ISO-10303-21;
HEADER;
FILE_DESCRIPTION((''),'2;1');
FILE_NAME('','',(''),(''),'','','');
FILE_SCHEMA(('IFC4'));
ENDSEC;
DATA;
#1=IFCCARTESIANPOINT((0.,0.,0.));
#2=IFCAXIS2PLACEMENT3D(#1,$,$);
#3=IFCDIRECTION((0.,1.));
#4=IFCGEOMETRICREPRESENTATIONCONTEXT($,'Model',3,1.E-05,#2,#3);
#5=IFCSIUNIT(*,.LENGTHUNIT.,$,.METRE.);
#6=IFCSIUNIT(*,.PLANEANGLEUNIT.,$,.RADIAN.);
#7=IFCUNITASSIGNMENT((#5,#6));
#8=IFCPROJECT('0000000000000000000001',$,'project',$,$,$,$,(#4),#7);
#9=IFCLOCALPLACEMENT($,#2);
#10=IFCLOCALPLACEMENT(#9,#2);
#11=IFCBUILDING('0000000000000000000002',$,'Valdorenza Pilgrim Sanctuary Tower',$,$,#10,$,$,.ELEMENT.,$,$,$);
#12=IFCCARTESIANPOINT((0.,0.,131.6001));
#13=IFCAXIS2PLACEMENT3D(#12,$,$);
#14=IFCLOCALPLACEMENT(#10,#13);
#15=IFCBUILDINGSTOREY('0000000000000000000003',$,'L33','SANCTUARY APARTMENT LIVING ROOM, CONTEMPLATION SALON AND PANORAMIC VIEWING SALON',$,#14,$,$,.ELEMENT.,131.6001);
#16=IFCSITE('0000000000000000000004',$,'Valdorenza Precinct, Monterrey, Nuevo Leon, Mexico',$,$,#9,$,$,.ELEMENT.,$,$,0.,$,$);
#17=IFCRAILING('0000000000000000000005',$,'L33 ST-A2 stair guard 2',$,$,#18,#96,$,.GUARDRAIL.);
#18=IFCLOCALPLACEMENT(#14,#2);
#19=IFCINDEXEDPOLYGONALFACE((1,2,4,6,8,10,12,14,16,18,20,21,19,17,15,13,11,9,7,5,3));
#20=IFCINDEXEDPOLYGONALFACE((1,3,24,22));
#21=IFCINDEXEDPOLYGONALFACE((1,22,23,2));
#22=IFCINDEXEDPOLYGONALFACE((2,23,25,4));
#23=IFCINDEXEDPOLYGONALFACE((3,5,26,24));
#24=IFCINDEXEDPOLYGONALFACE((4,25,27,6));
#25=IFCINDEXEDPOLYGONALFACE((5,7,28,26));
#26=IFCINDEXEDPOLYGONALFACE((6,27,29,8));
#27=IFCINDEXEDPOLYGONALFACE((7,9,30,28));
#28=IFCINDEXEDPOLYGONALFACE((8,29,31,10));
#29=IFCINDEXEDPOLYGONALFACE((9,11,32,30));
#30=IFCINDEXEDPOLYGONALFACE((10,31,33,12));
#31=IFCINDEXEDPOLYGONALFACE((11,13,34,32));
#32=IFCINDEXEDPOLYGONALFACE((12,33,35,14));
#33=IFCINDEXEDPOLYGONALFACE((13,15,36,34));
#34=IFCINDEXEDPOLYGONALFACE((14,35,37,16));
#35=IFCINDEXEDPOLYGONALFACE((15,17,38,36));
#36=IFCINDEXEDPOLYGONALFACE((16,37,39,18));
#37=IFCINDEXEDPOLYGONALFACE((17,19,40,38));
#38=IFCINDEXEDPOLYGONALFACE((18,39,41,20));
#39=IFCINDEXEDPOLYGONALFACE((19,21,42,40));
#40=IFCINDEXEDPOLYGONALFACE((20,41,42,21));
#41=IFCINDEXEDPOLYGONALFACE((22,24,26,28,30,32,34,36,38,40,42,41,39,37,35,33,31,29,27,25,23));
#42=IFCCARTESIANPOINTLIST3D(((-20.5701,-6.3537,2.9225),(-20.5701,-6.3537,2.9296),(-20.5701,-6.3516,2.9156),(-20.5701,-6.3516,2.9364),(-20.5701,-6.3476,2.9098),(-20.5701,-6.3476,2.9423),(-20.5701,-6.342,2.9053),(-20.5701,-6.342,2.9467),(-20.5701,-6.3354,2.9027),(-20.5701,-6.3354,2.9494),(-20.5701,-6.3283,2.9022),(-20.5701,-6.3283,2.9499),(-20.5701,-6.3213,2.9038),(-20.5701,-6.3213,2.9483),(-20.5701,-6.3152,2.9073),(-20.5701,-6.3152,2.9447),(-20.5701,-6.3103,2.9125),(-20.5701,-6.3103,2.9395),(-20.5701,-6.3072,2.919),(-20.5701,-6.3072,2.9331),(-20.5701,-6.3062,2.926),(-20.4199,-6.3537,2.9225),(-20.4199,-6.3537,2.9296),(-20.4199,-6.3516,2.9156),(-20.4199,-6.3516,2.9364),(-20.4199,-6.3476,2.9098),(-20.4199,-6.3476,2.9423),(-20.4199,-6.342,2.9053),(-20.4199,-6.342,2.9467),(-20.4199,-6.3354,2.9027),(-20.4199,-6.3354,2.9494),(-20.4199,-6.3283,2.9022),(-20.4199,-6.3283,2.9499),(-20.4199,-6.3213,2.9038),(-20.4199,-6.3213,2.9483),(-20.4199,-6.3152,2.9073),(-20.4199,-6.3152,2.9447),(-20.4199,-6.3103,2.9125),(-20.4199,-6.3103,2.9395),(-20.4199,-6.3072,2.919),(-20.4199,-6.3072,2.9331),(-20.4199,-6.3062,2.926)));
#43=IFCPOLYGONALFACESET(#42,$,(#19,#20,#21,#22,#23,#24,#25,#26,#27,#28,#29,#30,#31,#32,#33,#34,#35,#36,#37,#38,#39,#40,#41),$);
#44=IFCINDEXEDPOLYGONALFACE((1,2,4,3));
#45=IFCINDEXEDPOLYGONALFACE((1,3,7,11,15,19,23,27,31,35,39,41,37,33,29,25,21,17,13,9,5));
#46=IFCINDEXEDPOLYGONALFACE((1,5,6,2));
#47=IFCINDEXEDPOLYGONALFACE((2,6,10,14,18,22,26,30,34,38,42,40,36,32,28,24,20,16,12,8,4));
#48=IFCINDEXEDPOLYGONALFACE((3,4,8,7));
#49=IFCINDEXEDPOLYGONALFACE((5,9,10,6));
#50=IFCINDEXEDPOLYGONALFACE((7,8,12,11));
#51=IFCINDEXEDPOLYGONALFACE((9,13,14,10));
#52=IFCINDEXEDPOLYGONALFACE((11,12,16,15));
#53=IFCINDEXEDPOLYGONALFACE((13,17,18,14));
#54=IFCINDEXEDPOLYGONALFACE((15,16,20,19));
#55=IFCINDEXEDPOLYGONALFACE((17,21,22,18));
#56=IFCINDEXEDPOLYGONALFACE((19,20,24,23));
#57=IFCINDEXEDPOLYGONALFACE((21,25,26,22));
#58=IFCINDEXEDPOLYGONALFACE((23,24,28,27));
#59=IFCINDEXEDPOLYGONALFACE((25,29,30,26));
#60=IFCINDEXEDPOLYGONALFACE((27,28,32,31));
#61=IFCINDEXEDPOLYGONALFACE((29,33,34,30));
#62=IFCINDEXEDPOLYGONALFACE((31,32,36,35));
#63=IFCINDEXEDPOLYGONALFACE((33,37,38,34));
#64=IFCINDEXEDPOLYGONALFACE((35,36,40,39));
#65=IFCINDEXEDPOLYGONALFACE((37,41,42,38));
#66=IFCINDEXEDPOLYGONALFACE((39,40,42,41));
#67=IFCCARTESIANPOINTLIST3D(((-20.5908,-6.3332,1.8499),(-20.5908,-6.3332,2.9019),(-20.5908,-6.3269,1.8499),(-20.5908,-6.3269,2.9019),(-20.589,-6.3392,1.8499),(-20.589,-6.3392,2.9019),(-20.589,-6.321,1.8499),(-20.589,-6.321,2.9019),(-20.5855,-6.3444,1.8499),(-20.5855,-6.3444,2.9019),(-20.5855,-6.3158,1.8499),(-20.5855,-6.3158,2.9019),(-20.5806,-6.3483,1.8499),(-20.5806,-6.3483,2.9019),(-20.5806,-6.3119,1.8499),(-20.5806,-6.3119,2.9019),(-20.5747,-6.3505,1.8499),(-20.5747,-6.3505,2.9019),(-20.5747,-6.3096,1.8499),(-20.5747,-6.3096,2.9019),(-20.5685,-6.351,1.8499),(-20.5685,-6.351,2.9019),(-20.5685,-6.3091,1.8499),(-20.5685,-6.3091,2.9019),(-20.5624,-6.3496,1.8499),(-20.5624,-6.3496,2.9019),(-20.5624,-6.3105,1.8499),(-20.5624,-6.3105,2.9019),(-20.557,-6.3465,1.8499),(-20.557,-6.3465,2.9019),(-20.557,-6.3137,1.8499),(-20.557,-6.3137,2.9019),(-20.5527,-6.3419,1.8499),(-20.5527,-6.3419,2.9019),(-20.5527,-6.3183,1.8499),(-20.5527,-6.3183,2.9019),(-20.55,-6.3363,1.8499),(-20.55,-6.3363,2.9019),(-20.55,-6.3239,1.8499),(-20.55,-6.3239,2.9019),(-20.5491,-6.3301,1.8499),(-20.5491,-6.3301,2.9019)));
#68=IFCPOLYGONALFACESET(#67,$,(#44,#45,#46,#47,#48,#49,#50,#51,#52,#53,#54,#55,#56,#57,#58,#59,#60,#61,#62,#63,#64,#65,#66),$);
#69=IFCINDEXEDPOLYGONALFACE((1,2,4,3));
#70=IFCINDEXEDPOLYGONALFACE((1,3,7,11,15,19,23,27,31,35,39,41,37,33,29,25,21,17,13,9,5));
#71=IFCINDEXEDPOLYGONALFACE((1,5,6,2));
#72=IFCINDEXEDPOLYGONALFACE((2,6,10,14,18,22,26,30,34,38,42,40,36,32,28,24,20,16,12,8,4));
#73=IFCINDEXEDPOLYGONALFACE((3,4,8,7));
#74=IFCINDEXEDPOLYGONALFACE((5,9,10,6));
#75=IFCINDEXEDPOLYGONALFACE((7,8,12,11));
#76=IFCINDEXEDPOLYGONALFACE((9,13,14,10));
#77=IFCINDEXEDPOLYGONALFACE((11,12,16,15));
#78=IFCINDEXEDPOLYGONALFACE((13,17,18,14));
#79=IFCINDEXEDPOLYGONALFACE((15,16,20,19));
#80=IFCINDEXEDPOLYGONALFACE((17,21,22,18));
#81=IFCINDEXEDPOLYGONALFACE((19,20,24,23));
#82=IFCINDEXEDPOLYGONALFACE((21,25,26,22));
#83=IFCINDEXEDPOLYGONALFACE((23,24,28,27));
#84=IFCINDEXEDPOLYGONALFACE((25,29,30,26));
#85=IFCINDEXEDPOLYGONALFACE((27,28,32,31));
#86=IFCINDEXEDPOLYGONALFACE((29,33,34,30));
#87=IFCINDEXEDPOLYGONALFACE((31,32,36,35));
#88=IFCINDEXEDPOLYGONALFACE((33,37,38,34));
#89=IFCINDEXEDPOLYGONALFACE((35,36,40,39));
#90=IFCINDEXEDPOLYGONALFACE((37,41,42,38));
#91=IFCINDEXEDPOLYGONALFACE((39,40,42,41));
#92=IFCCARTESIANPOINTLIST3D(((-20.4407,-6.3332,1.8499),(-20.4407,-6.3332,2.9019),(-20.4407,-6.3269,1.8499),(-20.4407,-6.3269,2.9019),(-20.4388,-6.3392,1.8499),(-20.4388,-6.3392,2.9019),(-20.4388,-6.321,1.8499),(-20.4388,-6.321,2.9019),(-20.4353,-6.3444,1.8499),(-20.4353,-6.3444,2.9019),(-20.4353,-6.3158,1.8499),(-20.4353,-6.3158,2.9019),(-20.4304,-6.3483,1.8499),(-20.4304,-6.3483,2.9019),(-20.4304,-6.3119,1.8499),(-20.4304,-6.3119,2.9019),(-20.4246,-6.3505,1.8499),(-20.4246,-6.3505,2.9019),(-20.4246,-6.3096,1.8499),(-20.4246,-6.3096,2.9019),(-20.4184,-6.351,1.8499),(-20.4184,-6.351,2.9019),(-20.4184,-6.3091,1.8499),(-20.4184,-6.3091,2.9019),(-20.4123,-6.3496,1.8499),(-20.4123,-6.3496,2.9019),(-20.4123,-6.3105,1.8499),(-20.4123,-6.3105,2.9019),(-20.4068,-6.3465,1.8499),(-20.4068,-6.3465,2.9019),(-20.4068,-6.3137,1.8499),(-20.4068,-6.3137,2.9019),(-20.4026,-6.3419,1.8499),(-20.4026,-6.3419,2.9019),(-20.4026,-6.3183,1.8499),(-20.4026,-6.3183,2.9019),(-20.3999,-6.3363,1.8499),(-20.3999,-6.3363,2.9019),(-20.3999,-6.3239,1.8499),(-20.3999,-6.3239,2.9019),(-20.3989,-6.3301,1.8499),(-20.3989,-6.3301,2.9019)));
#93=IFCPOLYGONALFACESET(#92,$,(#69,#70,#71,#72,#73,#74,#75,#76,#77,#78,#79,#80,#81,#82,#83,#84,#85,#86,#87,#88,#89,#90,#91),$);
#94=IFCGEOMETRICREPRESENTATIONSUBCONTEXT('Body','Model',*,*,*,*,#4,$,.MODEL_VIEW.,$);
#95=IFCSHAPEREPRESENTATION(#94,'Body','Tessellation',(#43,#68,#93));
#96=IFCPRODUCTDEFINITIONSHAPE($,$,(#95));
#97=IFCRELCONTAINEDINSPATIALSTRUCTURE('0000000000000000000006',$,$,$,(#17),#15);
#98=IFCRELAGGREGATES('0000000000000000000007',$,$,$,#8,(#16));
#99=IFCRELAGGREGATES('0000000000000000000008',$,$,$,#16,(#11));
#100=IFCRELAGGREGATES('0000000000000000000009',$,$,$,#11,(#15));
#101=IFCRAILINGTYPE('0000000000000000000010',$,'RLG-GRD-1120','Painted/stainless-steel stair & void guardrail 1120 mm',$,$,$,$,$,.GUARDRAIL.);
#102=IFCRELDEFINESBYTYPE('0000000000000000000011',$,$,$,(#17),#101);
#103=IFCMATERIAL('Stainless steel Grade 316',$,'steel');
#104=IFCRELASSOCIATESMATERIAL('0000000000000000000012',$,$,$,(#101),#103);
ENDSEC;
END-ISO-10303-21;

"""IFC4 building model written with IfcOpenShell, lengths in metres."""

from ifc_helpers import new_model, si_unit, direction, frame, origin, origin_2d, place, context, subcontext, project, spatial, circle, extrude, material, type_object, element, save


model = new_model("IFC4")

# Units and contexts
model_context = context("Model", 3, precision=1e-05, world=origin(), true_north=direction((0.0, 1.0)))
body_context = subcontext(model_context, "Body", "Model", "MODEL_VIEW")
ifc_project = project(units=[si_unit("LENGTHUNIT", "METRE"), si_unit("PLANEANGLEUNIT", "RADIAN")], contexts=[model_context])

# Site, building, storey
site_placement = place(None, origin())
site = spatial("IfcSite", under=ifc_project, at=site_placement, Name="Valdorenza Precinct, Monterrey, Nuevo Leon, Mexico", CompositionType="ELEMENT", RefElevation=0.0)
building_placement = place(site_placement, origin())
building = spatial("IfcBuilding", under=site, at=building_placement, Name="Valdorenza Pilgrim Sanctuary Tower", CompositionType="ELEMENT")
storey_placement = place(building_placement, frame((0.0, 0.0, 131.6001)))
storey = spatial("IfcBuildingStorey", under=building, at=storey_placement, Name="L33", Description="SANCTUARY APARTMENT LIVING ROOM, CONTEMPLATION SALON AND PANORAMIC VIEWING SALON", CompositionType="ELEMENT", Elevation=131.6001)

# Railing
ifc_material_1 = material(Name="Stainless steel Grade 316", Category="steel")
railing_type_1 = type_object("IfcRailingType", Name="RLG-GRD-1120", Description="Painted/stainless-steel stair & void guardrail 1120 mm", PredefinedType="GUARDRAIL", material=ifc_material_1)
railing_1_placement = place(storey_placement, frame((-20.5701, -6.3301, 1.8499)))
element("IfcRailing", 1, at=railing_1_placement, inside=storey, type_object=railing_type_1, Name="L33 ST-A2 stair guard 2", PredefinedType="GUARDRAIL", context=body_context, shape_type="SweptSolid", body=[
    extrude(circle(Radius=0.0239, at=origin_2d()), frame((0.0, 0.0, 1.0762), z_axis=(1.0, 0.0, 0.0), x_axis=(0.0, 1.0, 0.0)), (0.0, 0.0, 1.0), 0.1501),
    extrude(circle(Radius=0.021, at=origin_2d()), origin(), (0.0, 0.0, 1.0), 1.052),
    extrude(circle(Radius=0.021, at=origin_2d()), frame((0.1501, 0.0, 0.0)), (0.0, 0.0, 1.0), 1.052),
])

save(model, "model.ifc")
